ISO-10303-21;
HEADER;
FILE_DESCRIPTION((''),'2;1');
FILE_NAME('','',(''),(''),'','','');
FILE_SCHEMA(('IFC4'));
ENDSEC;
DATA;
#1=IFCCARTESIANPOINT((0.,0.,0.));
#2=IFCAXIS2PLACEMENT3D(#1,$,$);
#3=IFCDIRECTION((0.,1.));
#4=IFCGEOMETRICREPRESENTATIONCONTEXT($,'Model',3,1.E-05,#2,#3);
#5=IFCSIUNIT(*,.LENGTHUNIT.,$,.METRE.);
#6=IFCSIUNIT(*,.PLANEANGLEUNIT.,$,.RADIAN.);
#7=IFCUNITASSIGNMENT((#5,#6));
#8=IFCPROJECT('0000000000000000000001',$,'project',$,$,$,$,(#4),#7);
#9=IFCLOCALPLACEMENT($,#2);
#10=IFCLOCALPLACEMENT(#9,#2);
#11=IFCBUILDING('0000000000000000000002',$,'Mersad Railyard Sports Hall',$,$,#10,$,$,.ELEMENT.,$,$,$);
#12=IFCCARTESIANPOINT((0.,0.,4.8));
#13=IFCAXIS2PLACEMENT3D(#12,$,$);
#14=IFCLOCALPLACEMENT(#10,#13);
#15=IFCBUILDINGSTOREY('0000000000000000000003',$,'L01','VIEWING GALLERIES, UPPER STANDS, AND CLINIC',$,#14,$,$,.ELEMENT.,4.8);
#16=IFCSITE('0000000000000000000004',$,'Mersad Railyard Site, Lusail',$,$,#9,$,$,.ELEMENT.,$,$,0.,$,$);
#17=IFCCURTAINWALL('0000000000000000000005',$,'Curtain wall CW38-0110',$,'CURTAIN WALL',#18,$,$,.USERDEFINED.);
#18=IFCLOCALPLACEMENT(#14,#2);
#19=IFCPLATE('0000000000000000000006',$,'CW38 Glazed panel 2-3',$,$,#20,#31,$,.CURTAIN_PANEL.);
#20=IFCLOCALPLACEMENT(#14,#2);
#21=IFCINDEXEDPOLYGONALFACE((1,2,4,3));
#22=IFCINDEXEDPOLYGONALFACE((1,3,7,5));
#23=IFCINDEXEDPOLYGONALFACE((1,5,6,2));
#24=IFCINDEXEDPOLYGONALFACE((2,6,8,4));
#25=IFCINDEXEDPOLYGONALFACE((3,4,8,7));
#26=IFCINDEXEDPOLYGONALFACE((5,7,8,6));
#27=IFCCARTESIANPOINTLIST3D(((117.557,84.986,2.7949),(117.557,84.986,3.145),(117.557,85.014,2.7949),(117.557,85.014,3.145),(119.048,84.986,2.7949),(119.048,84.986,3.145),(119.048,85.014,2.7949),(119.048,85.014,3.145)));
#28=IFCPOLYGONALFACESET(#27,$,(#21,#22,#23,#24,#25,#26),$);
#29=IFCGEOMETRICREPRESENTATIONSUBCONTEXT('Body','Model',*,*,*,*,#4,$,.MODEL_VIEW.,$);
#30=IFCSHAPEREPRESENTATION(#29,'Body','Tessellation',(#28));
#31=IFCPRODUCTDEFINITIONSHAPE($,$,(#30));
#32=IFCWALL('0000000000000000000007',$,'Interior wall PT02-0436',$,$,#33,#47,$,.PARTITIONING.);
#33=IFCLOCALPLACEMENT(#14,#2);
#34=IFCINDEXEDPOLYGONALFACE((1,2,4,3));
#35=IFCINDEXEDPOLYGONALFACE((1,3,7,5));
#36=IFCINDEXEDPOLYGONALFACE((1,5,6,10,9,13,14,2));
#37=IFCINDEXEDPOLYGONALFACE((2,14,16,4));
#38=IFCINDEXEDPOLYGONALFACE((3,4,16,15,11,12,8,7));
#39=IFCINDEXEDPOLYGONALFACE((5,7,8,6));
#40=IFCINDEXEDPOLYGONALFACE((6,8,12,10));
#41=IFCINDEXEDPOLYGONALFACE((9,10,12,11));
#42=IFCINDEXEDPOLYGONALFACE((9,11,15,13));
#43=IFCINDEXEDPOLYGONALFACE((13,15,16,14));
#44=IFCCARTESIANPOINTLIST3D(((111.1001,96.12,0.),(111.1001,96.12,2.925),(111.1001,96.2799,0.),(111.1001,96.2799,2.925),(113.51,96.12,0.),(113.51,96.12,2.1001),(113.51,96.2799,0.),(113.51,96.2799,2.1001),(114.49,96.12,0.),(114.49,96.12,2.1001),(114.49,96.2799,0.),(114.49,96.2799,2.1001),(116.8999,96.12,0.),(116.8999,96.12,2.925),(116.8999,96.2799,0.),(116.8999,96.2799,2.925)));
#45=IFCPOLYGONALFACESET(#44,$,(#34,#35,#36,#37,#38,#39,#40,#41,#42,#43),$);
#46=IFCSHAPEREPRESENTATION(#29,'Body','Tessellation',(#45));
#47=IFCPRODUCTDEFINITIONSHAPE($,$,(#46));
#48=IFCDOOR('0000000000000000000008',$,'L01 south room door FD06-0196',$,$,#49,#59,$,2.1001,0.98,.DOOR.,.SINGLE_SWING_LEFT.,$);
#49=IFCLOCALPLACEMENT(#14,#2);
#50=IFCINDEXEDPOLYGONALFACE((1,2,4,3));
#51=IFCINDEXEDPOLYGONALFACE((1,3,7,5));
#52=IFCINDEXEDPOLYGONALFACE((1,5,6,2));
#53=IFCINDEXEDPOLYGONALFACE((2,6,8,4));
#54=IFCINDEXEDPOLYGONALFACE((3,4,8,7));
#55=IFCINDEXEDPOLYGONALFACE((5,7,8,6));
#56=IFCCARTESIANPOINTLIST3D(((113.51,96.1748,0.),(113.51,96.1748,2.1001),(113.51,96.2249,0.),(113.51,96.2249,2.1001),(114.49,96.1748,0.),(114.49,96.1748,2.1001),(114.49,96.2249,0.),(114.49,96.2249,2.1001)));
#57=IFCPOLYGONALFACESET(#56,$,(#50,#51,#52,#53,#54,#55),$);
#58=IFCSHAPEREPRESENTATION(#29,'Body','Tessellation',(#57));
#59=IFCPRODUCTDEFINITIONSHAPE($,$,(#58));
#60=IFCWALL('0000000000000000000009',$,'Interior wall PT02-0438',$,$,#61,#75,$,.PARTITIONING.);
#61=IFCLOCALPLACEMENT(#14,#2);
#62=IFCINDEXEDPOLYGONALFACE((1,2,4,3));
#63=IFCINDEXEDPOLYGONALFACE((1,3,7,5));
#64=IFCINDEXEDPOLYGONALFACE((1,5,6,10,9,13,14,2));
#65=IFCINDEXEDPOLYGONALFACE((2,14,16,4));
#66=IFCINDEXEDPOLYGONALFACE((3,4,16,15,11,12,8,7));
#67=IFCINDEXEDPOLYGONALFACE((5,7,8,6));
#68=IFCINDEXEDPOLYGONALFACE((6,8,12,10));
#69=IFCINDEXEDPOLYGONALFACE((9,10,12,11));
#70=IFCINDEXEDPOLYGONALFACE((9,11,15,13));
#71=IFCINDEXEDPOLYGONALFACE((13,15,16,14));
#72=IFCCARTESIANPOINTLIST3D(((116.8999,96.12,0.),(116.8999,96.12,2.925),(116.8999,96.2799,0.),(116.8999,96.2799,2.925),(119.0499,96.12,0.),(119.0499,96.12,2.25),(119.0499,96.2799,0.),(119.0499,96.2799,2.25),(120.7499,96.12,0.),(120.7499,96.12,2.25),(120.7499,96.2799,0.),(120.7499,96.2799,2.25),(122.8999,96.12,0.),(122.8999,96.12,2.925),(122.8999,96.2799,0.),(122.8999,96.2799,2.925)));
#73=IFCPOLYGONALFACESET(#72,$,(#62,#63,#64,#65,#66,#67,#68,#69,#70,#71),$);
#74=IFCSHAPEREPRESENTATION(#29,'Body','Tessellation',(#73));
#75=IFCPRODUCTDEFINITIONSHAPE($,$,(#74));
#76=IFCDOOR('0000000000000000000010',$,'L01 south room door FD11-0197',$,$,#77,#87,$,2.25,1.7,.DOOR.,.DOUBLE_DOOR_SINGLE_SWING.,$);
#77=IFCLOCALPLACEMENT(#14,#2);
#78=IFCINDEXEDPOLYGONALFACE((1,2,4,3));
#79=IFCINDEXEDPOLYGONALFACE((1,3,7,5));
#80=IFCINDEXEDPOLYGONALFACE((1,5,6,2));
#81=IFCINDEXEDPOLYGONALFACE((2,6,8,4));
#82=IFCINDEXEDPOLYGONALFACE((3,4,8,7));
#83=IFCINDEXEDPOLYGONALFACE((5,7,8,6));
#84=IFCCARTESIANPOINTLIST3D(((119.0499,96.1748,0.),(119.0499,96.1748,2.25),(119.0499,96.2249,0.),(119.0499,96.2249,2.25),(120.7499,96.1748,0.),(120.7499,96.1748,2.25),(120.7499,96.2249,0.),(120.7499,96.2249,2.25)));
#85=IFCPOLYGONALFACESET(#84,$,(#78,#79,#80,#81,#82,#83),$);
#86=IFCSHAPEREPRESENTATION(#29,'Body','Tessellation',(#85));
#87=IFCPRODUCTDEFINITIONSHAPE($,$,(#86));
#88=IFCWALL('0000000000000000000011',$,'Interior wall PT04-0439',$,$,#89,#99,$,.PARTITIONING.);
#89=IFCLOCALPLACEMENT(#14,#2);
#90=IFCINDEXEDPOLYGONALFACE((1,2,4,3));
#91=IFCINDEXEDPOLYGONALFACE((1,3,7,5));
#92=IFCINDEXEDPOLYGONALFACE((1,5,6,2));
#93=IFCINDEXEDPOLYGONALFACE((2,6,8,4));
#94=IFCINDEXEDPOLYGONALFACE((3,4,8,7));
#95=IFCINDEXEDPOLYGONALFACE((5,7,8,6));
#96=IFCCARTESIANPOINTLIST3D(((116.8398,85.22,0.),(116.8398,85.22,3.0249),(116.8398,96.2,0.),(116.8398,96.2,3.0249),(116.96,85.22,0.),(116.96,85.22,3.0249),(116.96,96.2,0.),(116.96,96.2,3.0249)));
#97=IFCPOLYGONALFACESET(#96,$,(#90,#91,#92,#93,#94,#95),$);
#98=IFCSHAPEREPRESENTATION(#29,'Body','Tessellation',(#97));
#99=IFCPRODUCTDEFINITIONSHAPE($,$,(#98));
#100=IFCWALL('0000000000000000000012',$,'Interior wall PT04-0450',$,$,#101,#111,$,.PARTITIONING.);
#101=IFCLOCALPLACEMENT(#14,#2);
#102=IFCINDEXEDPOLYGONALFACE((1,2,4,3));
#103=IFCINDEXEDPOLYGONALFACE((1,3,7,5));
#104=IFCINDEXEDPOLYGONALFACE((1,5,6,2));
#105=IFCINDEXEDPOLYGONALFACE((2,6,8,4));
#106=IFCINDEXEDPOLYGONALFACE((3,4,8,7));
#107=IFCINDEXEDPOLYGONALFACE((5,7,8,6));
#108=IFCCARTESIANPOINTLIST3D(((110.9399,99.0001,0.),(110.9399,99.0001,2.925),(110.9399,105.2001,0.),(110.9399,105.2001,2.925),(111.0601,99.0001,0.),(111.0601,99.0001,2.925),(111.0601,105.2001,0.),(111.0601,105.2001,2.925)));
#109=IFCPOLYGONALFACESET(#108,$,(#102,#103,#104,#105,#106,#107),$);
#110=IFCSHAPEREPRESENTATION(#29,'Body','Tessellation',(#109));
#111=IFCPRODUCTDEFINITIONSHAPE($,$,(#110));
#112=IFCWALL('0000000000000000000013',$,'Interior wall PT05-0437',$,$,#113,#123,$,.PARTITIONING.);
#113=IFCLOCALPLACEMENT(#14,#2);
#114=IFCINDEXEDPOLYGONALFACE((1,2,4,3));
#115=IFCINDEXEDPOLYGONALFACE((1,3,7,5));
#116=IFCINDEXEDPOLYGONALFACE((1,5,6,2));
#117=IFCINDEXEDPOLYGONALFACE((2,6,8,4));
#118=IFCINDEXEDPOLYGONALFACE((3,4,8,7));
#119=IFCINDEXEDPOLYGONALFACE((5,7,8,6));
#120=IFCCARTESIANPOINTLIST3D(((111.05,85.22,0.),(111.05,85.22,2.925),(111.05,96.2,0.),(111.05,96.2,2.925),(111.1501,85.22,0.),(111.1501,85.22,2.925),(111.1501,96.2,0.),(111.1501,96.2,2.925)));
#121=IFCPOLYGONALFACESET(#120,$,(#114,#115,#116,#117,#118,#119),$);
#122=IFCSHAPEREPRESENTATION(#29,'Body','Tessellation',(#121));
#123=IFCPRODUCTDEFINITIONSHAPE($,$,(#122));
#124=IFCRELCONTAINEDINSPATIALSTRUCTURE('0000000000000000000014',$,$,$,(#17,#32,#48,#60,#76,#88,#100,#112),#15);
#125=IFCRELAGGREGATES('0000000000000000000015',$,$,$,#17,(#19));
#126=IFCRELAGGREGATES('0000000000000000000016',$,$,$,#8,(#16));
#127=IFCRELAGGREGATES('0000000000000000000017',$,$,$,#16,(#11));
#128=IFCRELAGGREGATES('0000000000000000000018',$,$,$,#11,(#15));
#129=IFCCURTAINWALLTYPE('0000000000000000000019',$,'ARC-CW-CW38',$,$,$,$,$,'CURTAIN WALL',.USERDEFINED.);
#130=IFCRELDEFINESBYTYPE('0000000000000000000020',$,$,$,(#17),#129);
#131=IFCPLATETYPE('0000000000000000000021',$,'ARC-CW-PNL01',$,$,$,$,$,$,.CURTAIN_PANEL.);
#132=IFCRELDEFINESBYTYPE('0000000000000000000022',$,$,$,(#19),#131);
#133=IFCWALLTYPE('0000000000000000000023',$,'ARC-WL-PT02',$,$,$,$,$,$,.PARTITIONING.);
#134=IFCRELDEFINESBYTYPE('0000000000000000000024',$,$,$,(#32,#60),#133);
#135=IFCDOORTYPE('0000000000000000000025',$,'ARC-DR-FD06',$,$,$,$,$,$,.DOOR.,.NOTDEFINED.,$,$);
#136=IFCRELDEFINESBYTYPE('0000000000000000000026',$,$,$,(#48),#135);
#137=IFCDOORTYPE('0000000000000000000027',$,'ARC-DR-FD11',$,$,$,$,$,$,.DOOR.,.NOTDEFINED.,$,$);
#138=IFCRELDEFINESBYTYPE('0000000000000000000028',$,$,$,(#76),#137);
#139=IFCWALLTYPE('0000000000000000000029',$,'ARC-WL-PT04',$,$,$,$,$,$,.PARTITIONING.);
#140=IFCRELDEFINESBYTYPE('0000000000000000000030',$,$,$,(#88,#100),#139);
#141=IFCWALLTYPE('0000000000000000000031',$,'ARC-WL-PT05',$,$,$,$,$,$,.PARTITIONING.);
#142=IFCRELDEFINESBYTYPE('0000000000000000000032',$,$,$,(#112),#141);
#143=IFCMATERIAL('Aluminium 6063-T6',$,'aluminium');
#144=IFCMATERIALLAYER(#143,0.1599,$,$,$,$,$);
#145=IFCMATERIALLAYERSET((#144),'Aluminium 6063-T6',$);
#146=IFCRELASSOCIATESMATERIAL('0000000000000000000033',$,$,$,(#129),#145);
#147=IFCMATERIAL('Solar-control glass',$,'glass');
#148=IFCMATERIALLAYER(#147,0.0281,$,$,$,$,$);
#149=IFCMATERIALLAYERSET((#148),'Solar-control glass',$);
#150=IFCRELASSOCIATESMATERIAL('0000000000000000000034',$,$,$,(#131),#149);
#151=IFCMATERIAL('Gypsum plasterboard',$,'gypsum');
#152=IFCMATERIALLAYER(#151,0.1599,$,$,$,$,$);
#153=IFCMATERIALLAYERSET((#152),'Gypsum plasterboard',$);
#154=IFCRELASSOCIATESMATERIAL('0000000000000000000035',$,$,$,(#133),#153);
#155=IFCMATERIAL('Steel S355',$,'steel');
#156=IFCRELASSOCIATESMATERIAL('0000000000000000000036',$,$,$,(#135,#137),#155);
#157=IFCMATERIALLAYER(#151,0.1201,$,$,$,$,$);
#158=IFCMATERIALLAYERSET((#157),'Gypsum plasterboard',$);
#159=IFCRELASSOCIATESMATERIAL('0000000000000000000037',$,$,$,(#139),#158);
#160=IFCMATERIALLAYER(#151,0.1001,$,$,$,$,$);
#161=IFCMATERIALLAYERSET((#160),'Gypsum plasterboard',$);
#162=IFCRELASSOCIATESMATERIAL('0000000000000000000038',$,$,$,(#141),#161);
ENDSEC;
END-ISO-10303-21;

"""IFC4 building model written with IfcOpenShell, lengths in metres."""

from ifc_helpers import new_model, si_unit, direction, frame, frame_2d, origin, origin_2d, place, context, subcontext, project, spatial, rectangle, extrude, material, layer, layer_set, type_object, element, fill, aggregate, save


model = new_model("IFC4")

# Units and contexts
model_context = context("Model", 3, precision=1e-05, world=origin(), true_north=direction((0.0, 1.0)))
body_context = subcontext(model_context, "Body", "Model", "MODEL_VIEW")
ifc_project = project(units=[si_unit("LENGTHUNIT", "METRE"), si_unit("PLANEANGLEUNIT", "RADIAN")], contexts=[model_context])

# Site, building, storey
site_placement = place(None, origin())
site = spatial("IfcSite", under=ifc_project, at=site_placement, Name="Mersad Railyard Site, Lusail", CompositionType="ELEMENT", RefElevation=0.0)
building_placement = place(site_placement, origin())
building = spatial("IfcBuilding", under=site, at=building_placement, Name="Mersad Railyard Sports Hall", CompositionType="ELEMENT")
storey_placement = place(building_placement, frame((0.0, 0.0, 4.8)))
storey = spatial("IfcBuildingStorey", under=building, at=storey_placement, Name="L01", Description="VIEWING GALLERIES, UPPER STANDS, AND CLINIC", CompositionType="ELEMENT", Elevation=4.8)

# Curtain wall
ifc_material_1 = material(Name="Aluminium 6063-T6", Category="aluminium")
ifc_layer_1 = layer(ifc_material_1, 0.1599)
ifc_layer_set_1 = layer_set([ifc_layer_1], Name="Aluminium 6063-T6")
curtain_wall_type = type_object("IfcCurtainWallType", Name="ARC-CW-CW38", ElementType="CURTAIN WALL", PredefinedType="USERDEFINED", material=ifc_layer_set_1)
curtain_wall_placement = place(storey_placement, origin())
curtain_wall = element("IfcCurtainWall", 1, at=curtain_wall_placement, inside=storey, type_object=curtain_wall_type, Name="Curtain wall CW38-0110", ObjectType="CURTAIN WALL", PredefinedType="USERDEFINED")

# Shared definitions
ifc_material_2 = material(Name="Steel S355", Category="steel")

# Plate
ifc_material_3 = material(Name="Solar-control glass", Category="glass")
ifc_layer_2 = layer(ifc_material_3, 0.0281)
ifc_layer_set_2 = layer_set([ifc_layer_2], Name="Solar-control glass")
plate_type = type_object("IfcPlateType", Name="ARC-CW-PNL01", PredefinedType="CURTAIN_PANEL", material=ifc_layer_set_2)
plate_placement = place(storey_placement, frame((118.3025, 85.0, 2.7949), z_axis=(0.0, 0.0, 1.0), x_axis=(-1.0, 0.0, 0.0)))
plate = element("IfcPlate", 2, at=plate_placement, type_object=plate_type, Name="CW38 Glazed panel 2-3", PredefinedType="CURTAIN_PANEL", context=body_context, shape_type="SweptSolid", body=[
    extrude(rectangle(XDim=1.491, YDim=0.0281, at=origin_2d()), origin(), (0.0, 0.0, 1.0), 0.3501),
])
aggregate(curtain_wall, [plate])

# Walls, openings, doors
ifc_material_4 = material(Name="Gypsum plasterboard", Category="gypsum")
ifc_layer_3 = layer(ifc_material_4, 0.1599)
ifc_layer_set_3 = layer_set([ifc_layer_3], Name="Gypsum plasterboard")
wall_type_1 = type_object("IfcWallType", Name="ARC-WL-PT02", PredefinedType="PARTITIONING", material=ifc_layer_set_3)
wall_1_placement = place(storey_placement, frame((111.1001, 96.2, 0.0), z_axis=(0.0, 0.0, 1.0), x_axis=(1.0, 0.0, 0.0)))
wall_1 = element("IfcWall", 3, at=wall_1_placement, inside=storey, type_object=wall_type_1, Name="Interior wall PT02-0436", PredefinedType="PARTITIONING", context=body_context, shape_type="SweptSolid", body=[
    extrude(rectangle(XDim=5.7998, YDim=0.1599, at=frame_2d((2.8999, 0.0))), origin(), (0.0, 0.0, 1.0), 2.925),
])
opening_1_placement = place(wall_1_placement, frame((2.4099, 0.0, 0.0)))
opening_1 = element("IfcOpeningElement", 4, at=opening_1_placement, cuts=wall_1, PredefinedType="OPENING", context=body_context, shape_type="SweptSolid", body=[
    extrude(rectangle(XDim=0.98, YDim=2.1001, at=frame_2d((0.49, 1.05))), frame((0.0, 0.0898, 0.0), z_axis=(0.0, -1.0, 0.0), x_axis=(1.0, 0.0, 0.0)), (0.0, 0.0, 1.0), 0.1799),
])
door_type_1 = type_object("IfcDoorType", Name="ARC-DR-FD06", OperationType="NOTDEFINED", PredefinedType="DOOR", material=ifc_material_2)
door_1_placement = place(opening_1_placement, origin())
door_1 = element("IfcDoor", 5, at=door_1_placement, inside=storey, type_object=door_type_1, Name="L01 south room door FD06-0196", OperationType="SINGLE_SWING_LEFT", OverallHeight=2.1001, OverallWidth=0.98, PredefinedType="DOOR", context=body_context, shape_type="SweptSolid", body=[
    extrude(rectangle(XDim=0.98, YDim=2.1001, at=frame_2d((0.49, 1.05))), frame((0.0, 0.0249, 0.0), z_axis=(0.0, -1.0, 0.0), x_axis=(1.0, 0.0, 0.0)), (0.0, 0.0, 1.0), 0.05),
])
fill(opening_1, door_1)
wall_2_placement = place(storey_placement, frame((116.8999, 96.2, 0.0), z_axis=(0.0, 0.0, 1.0), x_axis=(1.0, 0.0, 0.0)))
wall_2 = element("IfcWall", 6, at=wall_2_placement, inside=storey, type_object=wall_type_1, Name="Interior wall PT02-0438", PredefinedType="PARTITIONING", context=body_context, shape_type="SweptSolid", body=[
    extrude(rectangle(XDim=6.0, YDim=0.1599, at=frame_2d((3.0, 0.0))), origin(), (0.0, 0.0, 1.0), 2.925),
])
opening_2_placement = place(wall_2_placement, frame((2.1499, 0.0, 0.0)))
opening_2 = element("IfcOpeningElement", 7, at=opening_2_placement, cuts=wall_2, PredefinedType="OPENING", context=body_context, shape_type="SweptSolid", body=[
    extrude(rectangle(XDim=1.7, YDim=2.25, at=frame_2d((0.8501, 1.125))), frame((0.0, 0.0898, 0.0), z_axis=(0.0, -1.0, 0.0), x_axis=(1.0, 0.0, 0.0)), (0.0, 0.0, 1.0), 0.1799),
])
door_type_2 = type_object("IfcDoorType", Name="ARC-DR-FD11", OperationType="NOTDEFINED", PredefinedType="DOOR", material=ifc_material_2)
door_2_placement = place(opening_2_placement, origin())
door_2 = element("IfcDoor", 8, at=door_2_placement, inside=storey, type_object=door_type_2, Name="L01 south room door FD11-0197", OperationType="DOUBLE_DOOR_SINGLE_SWING", OverallHeight=2.25, OverallWidth=1.7, PredefinedType="DOOR", context=body_context, shape_type="SweptSolid", body=[
    extrude(rectangle(XDim=1.7, YDim=2.25, at=frame_2d((0.8501, 1.125))), frame((0.0, 0.0249, 0.0), z_axis=(0.0, -1.0, 0.0), x_axis=(1.0, 0.0, 0.0)), (0.0, 0.0, 1.0), 0.05),
])
fill(opening_2, door_2)

# Walls
ifc_layer_4 = layer(ifc_material_4, 0.1201)
ifc_layer_set_4 = layer_set([ifc_layer_4], Name="Gypsum plasterboard")
wall_type_2 = type_object("IfcWallType", Name="ARC-WL-PT04", PredefinedType="PARTITIONING", material=ifc_layer_set_4)
wall_3_placement = place(storey_placement, frame((116.8999, 85.22, 0.0), z_axis=(0.0, 0.0, 1.0), x_axis=(0.0, 1.0, 0.0)))
element("IfcWall", 9, at=wall_3_placement, inside=storey, type_object=wall_type_2, Name="Interior wall PT04-0439", PredefinedType="PARTITIONING", context=body_context, shape_type="SweptSolid", body=[
    extrude(rectangle(XDim=10.98, YDim=0.1201, at=frame_2d((5.49, 0.0))), origin(), (0.0, 0.0, 1.0), 3.0249),
])
wall_4_placement = place(storey_placement, frame((111.0, 99.0, 0.0), z_axis=(0.0, 0.0, 1.0), x_axis=(0.0, 1.0, 0.0)))
element("IfcWall", 10, at=wall_4_placement, inside=storey, type_object=wall_type_2, Name="Interior wall PT04-0450", PredefinedType="PARTITIONING", context=body_context, shape_type="SweptSolid", body=[
    extrude(rectangle(XDim=6.2, YDim=0.1201, at=frame_2d((3.1001, 0.0))), origin(), (0.0, 0.0, 1.0), 2.925),
])
ifc_layer_5 = layer(ifc_material_4, 0.1001)
ifc_layer_set_5 = layer_set([ifc_layer_5], Name="Gypsum plasterboard")
wall_type_3 = type_object("IfcWallType", Name="ARC-WL-PT05", PredefinedType="PARTITIONING", material=ifc_layer_set_5)
wall_5_placement = place(storey_placement, frame((111.1001, 85.22, 0.0), z_axis=(0.0, 0.0, 1.0), x_axis=(0.0, 1.0, 0.0)))
element("IfcWall", 11, at=wall_5_placement, inside=storey, type_object=wall_type_3, Name="Interior wall PT05-0437", PredefinedType="PARTITIONING", context=body_context, shape_type="SweptSolid", body=[
    extrude(rectangle(XDim=10.98, YDim=0.1001, at=frame_2d((5.49, 0.0))), origin(), (0.0, 0.0, 1.0), 2.925),
])

save(model, "model.ifc")
